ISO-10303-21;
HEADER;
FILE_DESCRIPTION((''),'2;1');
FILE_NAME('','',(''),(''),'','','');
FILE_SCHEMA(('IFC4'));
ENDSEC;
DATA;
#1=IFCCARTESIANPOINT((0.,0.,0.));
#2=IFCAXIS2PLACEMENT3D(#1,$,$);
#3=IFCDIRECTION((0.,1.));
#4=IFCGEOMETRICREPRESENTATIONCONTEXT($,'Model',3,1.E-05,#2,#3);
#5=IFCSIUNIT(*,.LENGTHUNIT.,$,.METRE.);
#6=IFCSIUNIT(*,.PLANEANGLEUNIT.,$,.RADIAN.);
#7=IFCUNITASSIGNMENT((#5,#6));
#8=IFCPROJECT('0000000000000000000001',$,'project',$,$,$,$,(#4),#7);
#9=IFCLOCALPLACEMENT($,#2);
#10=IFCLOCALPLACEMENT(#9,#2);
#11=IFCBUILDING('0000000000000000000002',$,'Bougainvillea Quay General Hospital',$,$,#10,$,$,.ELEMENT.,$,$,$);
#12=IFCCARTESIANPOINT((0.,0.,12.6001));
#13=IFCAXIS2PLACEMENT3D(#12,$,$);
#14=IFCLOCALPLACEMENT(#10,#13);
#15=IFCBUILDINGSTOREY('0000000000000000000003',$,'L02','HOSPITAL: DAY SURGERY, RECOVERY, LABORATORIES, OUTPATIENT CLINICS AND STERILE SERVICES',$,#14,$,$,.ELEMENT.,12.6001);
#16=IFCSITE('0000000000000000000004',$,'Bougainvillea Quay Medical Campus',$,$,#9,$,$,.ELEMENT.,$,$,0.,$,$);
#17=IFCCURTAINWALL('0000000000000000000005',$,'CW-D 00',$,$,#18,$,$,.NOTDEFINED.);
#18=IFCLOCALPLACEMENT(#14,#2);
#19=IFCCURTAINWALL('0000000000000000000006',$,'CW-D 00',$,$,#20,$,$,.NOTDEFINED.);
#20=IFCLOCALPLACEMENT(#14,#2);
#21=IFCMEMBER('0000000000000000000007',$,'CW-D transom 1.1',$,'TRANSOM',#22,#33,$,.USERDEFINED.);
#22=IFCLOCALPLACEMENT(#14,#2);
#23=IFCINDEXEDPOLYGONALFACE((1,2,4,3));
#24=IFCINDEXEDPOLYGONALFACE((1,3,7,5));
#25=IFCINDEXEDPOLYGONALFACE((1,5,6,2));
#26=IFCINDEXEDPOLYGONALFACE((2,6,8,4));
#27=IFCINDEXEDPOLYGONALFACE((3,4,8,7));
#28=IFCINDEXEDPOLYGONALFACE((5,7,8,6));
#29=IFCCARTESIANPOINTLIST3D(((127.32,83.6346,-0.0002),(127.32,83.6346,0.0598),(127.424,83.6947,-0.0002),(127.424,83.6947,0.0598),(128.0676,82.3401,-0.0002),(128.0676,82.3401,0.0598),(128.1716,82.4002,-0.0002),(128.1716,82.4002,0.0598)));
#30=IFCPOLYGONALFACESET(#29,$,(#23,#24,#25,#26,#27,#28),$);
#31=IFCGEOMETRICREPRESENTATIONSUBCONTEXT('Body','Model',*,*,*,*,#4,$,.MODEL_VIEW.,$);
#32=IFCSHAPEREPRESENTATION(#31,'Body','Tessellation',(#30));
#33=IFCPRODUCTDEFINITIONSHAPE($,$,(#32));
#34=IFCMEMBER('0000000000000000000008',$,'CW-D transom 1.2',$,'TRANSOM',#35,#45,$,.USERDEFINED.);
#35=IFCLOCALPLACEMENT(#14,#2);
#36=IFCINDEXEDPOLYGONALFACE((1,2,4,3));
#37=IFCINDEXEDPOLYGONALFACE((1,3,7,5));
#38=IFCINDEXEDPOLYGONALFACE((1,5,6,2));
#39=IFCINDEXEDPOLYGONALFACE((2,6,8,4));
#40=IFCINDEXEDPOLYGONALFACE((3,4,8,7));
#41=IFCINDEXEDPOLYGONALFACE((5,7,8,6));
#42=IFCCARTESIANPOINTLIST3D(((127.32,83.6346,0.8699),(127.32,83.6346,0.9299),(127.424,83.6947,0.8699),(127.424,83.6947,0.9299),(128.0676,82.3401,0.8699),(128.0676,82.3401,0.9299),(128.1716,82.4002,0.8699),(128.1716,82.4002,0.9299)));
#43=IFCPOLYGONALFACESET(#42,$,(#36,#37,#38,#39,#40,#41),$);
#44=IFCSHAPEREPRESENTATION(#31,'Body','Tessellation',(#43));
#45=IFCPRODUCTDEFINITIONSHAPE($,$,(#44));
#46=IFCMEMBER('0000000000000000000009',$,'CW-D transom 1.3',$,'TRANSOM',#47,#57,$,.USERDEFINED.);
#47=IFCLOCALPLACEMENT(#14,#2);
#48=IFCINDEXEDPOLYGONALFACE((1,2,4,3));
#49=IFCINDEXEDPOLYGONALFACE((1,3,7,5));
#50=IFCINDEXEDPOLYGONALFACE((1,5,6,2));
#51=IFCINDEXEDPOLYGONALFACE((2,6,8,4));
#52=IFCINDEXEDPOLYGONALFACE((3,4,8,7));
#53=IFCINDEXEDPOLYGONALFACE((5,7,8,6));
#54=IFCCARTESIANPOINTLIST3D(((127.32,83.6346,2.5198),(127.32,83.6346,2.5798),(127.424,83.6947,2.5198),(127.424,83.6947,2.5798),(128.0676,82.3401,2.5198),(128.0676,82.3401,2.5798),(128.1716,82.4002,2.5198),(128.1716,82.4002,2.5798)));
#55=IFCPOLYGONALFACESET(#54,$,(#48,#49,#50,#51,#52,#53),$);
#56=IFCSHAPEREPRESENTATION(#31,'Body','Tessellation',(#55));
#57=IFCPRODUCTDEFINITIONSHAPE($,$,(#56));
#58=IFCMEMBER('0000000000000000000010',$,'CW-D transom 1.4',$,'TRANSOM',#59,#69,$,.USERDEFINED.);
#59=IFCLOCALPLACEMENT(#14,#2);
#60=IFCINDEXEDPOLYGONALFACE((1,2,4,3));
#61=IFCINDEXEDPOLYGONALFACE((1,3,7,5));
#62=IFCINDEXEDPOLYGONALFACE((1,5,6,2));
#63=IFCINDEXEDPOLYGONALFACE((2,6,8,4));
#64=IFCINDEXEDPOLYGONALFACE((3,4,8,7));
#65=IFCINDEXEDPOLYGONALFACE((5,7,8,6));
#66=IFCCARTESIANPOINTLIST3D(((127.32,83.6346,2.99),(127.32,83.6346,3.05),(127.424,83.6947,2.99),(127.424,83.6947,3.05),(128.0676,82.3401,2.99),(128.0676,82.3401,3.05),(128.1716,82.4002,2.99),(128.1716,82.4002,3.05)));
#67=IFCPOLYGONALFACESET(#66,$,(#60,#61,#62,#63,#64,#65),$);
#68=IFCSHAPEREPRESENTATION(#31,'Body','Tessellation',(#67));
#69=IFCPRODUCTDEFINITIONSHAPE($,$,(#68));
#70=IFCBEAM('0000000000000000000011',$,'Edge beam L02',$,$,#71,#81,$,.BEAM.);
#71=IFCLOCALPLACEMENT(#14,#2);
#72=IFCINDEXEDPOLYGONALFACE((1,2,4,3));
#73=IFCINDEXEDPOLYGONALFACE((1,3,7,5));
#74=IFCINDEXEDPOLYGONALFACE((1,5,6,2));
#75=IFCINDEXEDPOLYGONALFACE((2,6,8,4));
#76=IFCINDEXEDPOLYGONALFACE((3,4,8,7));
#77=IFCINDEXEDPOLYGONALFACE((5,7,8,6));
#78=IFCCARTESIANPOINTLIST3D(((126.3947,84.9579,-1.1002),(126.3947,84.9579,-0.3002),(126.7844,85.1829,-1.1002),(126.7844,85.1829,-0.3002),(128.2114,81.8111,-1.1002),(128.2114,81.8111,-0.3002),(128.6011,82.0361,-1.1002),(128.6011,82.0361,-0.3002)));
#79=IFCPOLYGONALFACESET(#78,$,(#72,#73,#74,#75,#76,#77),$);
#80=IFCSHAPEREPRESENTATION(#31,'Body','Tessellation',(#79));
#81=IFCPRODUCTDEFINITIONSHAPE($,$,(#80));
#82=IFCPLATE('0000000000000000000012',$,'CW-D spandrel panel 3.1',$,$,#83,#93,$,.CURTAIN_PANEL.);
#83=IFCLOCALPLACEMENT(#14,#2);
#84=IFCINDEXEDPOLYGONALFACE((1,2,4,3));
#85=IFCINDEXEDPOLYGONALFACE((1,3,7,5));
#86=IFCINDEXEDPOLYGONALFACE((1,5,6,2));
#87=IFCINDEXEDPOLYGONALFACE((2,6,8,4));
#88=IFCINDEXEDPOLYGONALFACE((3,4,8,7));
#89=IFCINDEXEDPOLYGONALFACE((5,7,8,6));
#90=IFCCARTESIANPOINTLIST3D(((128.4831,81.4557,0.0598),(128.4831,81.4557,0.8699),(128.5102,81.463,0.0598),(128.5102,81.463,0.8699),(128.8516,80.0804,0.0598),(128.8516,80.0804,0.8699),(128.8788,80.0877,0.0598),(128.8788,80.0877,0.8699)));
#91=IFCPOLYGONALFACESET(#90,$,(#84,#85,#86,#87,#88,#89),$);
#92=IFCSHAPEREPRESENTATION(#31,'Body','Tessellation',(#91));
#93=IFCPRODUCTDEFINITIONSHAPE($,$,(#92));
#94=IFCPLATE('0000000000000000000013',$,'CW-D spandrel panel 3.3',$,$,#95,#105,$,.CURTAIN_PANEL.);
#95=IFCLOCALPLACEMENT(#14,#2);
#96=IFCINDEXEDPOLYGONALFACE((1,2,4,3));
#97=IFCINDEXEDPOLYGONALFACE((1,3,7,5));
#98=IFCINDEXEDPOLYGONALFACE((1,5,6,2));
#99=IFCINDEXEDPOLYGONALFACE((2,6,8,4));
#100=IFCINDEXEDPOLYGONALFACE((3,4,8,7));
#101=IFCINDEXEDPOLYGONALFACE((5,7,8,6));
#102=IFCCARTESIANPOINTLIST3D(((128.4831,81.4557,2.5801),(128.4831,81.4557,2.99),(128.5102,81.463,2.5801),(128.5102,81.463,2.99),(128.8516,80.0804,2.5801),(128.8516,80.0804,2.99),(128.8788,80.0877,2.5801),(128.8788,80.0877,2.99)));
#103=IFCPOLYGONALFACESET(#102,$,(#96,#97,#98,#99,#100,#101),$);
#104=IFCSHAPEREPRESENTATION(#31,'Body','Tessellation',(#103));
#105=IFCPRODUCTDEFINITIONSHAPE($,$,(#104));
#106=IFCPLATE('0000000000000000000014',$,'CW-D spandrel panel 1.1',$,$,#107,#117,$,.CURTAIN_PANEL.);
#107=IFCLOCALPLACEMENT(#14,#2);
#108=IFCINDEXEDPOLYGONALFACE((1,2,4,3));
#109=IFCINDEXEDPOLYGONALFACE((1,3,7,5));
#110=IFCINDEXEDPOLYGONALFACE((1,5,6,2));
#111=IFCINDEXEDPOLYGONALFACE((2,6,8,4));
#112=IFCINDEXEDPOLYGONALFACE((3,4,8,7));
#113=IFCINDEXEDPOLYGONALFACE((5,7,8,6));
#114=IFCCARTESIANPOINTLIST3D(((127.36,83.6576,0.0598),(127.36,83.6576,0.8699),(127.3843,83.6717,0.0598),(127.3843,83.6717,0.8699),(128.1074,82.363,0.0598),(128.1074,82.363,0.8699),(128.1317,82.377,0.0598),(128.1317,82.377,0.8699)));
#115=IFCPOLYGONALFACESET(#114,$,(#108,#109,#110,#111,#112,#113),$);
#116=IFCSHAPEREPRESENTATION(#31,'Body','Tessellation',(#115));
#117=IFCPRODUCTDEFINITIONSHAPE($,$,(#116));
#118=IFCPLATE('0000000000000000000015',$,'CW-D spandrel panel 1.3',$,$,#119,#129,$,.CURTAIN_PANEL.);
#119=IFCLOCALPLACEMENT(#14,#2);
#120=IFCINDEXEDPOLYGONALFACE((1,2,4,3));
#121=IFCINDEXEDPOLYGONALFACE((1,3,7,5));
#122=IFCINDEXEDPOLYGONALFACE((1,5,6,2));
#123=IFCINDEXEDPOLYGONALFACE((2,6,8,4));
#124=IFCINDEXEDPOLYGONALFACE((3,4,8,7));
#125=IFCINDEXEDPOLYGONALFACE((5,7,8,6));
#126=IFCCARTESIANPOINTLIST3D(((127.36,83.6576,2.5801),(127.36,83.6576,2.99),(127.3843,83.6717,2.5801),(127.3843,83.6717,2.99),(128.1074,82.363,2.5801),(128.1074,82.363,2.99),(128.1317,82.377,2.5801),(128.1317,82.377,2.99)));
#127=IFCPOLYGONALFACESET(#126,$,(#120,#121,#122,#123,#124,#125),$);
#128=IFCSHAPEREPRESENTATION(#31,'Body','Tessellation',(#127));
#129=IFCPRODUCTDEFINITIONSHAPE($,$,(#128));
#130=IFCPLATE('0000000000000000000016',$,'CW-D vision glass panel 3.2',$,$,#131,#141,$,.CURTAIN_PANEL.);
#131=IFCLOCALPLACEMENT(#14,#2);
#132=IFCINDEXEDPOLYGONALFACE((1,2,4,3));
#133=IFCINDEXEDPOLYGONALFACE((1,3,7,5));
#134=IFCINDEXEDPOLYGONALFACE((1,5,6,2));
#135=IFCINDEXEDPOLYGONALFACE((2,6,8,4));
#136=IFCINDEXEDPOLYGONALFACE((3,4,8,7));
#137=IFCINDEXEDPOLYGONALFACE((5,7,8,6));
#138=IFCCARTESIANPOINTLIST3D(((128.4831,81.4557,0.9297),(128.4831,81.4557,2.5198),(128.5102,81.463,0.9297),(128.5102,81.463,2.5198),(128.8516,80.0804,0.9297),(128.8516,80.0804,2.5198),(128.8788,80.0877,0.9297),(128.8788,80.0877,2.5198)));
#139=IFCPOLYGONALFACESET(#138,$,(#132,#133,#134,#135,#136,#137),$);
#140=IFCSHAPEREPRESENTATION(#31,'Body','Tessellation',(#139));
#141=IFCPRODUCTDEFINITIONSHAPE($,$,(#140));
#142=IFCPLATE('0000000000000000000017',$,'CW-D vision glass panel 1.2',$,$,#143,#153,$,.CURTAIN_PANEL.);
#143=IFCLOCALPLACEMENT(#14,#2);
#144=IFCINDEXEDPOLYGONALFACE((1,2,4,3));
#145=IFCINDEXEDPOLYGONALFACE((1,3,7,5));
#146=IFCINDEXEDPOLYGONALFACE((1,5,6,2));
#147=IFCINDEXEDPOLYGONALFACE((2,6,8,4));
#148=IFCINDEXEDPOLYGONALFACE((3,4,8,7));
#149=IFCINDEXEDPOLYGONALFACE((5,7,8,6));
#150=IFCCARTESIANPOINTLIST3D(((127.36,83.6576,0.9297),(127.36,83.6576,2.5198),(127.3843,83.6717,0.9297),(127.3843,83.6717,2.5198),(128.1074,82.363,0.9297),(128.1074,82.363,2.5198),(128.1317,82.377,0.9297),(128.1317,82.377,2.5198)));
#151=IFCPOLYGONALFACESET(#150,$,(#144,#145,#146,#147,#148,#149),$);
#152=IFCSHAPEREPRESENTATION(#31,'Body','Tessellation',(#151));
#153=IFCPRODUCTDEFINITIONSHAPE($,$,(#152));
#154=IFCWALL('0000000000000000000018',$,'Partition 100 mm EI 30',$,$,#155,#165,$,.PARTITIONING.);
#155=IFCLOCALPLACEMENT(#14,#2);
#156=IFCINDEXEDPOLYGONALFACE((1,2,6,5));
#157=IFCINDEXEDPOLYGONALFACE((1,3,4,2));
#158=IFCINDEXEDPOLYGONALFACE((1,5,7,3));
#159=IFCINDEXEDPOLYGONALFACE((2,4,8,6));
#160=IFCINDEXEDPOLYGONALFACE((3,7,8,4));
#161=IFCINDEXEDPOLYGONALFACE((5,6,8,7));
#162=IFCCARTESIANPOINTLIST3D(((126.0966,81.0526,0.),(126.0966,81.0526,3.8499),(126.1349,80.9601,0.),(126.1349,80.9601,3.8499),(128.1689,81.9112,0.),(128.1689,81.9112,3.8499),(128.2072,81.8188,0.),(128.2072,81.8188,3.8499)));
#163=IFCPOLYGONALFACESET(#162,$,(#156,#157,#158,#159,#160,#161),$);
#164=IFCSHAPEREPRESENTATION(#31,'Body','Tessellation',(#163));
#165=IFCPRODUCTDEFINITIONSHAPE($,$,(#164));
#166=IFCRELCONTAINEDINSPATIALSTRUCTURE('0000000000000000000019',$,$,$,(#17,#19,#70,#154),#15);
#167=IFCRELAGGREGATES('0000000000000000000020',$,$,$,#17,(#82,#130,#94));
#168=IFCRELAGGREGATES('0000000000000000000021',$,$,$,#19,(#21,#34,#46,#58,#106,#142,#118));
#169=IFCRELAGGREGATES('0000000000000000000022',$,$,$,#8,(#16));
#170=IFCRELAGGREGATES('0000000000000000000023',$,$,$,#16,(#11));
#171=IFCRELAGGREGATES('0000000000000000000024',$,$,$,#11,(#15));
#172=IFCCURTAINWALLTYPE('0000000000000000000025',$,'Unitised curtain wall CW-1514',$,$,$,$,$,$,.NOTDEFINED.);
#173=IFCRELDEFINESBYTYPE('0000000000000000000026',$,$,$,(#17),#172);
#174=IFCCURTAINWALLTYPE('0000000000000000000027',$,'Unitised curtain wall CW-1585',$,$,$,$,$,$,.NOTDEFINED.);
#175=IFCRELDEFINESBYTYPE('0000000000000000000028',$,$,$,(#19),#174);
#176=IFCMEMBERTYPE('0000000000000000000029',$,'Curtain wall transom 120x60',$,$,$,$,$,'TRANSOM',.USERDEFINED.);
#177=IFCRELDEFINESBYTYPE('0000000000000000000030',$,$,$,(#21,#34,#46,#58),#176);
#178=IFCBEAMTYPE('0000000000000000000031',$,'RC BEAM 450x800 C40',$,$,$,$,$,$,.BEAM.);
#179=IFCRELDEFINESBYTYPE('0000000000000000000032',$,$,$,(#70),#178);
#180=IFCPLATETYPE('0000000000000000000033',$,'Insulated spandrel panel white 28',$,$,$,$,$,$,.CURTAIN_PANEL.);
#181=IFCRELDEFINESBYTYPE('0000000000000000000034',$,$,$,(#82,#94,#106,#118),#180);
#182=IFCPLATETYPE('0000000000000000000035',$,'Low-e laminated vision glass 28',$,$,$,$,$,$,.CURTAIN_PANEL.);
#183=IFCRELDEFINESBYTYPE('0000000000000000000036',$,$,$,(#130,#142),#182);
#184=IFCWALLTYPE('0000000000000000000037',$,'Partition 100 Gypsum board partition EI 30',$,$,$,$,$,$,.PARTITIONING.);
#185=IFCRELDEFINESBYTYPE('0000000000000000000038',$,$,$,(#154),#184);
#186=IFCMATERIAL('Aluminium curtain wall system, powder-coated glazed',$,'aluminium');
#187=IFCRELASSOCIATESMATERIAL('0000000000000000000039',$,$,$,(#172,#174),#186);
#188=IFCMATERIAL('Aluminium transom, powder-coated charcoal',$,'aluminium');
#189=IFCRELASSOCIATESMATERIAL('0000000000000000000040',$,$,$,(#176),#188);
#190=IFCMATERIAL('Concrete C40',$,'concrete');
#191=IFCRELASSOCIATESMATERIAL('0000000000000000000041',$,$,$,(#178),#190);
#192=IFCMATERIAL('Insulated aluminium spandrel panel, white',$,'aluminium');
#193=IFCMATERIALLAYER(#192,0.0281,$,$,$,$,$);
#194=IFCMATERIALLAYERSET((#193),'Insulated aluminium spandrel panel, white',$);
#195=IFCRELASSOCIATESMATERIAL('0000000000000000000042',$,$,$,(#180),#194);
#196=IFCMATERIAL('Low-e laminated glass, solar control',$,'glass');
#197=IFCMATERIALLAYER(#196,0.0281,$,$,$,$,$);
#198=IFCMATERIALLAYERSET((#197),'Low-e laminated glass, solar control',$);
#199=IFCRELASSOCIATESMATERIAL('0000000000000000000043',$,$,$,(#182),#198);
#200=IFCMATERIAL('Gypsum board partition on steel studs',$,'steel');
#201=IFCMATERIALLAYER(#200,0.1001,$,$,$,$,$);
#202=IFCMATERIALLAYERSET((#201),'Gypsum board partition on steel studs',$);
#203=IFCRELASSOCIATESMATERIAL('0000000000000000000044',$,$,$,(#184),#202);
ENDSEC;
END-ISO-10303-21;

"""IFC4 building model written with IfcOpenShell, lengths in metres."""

from ifc_helpers import new_model, si_unit, direction, frame, frame_2d, origin, origin_2d, place, context, subcontext, project, spatial, rectangle, extrude, material, layer, layer_set, material_profile, profile_set, type_object, element, aggregate, save


model = new_model("IFC4")

# Units and contexts
model_context = context("Model", 3, precision=1e-05, world=origin(), true_north=direction((0.0, 1.0)))
body_context = subcontext(model_context, "Body", "Model", "MODEL_VIEW")
ifc_project = project(units=[si_unit("LENGTHUNIT", "METRE"), si_unit("PLANEANGLEUNIT", "RADIAN")], contexts=[model_context])

# Site, building, storey
site_placement = place(None, origin())
site = spatial("IfcSite", under=ifc_project, at=site_placement, Name="Bougainvillea Quay Medical Campus", CompositionType="ELEMENT", RefElevation=0.0)
building_placement = place(site_placement, origin())
building = spatial("IfcBuilding", under=site, at=building_placement, Name="Bougainvillea Quay General Hospital", CompositionType="ELEMENT")
storey_placement = place(building_placement, frame((0.0, 0.0, 12.6001)))
storey = spatial("IfcBuildingStorey", under=building, at=storey_placement, Name="L02", Description="HOSPITAL: DAY SURGERY, RECOVERY, LABORATORIES, OUTPATIENT CLINICS AND STERILE SERVICES", CompositionType="ELEMENT", Elevation=12.6001)

# Shared definitions
ifc_material_1 = material(Name="Concrete C40", Category="concrete")

# Curtain wall
ifc_material_2 = material(Name="Aluminium curtain wall system, powder-coated glazed", Category="aluminium")
curtain_wall_type_1 = type_object("IfcCurtainWallType", Name="Unitised curtain wall CW-1514", PredefinedType="NOTDEFINED", material=ifc_material_2)
curtain_wall_1_placement = place(storey_placement, origin())
curtain_wall_1 = element("IfcCurtainWall", 1, at=curtain_wall_1_placement, inside=storey, type_object=curtain_wall_type_1, Name="CW-D 00", PredefinedType="NOTDEFINED")

# Curtain wall
curtain_wall_type_2 = type_object("IfcCurtainWallType", Name="Unitised curtain wall CW-1585", PredefinedType="NOTDEFINED", material=ifc_material_2)
curtain_wall_2_placement = place(storey_placement, origin())
curtain_wall_2 = element("IfcCurtainWall", 2, at=curtain_wall_2_placement, inside=storey, type_object=curtain_wall_type_2, Name="CW-D 00", PredefinedType="NOTDEFINED")

# Members
ifc_material_3 = material(Name="Aluminium transom, powder-coated charcoal", Category="aluminium")
ifc_material_profile_1 = material_profile(ifc_material_3, rectangle(XDim=0.1201, YDim=0.0601, at=origin_2d()))
ifc_profile_set_1 = profile_set([ifc_material_profile_1], Name="Aluminium transom, powder-coated charcoal")
member_type_1 = type_object("IfcMemberType", Name="Curtain wall transom 120x60", ElementType="TRANSOM", PredefinedType="USERDEFINED", material=ifc_profile_set_1)
member_1_placement = place(storey_placement, frame((128.1196, 82.3701, 0.0298), z_axis=(-0.500109, 0.865963, 0.0), x_axis=(-0.865963, -0.500109, 0.0)))
member_1 = element("IfcMember", 3, at=member_1_placement, type_object=member_type_1, Name="CW-D transom 1.1", ObjectType="TRANSOM", PredefinedType="USERDEFINED", context=body_context, shape_type="SweptSolid", body=[
    extrude(rectangle(XDim=0.1201, YDim=0.0601, at=origin_2d()), origin(), (0.0, 0.0, 1.0), 1.4949),
])
member_2_placement = place(storey_placement, frame((128.1196, 82.3701, 0.8999), z_axis=(-0.500109, 0.865963, 0.0), x_axis=(-0.865963, -0.500109, 0.0)))
member_2 = element("IfcMember", 4, at=member_2_placement, type_object=member_type_1, Name="CW-D transom 1.2", ObjectType="TRANSOM", PredefinedType="USERDEFINED", context=body_context, shape_type="SweptSolid", body=[
    extrude(rectangle(XDim=0.1201, YDim=0.0601, at=origin_2d()), origin(), (0.0, 0.0, 1.0), 1.4949),
])
member_3_placement = place(storey_placement, frame((128.1196, 82.3701, 2.5498), z_axis=(-0.500109, 0.865963, 0.0), x_axis=(-0.865963, -0.500109, 0.0)))
member_3 = element("IfcMember", 5, at=member_3_placement, type_object=member_type_1, Name="CW-D transom 1.3", ObjectType="TRANSOM", PredefinedType="USERDEFINED", context=body_context, shape_type="SweptSolid", body=[
    extrude(rectangle(XDim=0.1201, YDim=0.0601, at=origin_2d()), origin(), (0.0, 0.0, 1.0), 1.4949),
])
member_4_placement = place(storey_placement, frame((128.1196, 82.3701, 3.02), z_axis=(-0.500109, 0.865963, 0.0), x_axis=(-0.865963, -0.500109, 0.0)))
member_4 = element("IfcMember", 6, at=member_4_placement, type_object=member_type_1, Name="CW-D transom 1.4", ObjectType="TRANSOM", PredefinedType="USERDEFINED", context=body_context, shape_type="SweptSolid", body=[
    extrude(rectangle(XDim=0.1201, YDim=0.0601, at=origin_2d()), origin(), (0.0, 0.0, 1.0), 1.4949),
])

# Beam
ifc_material_profile_2 = material_profile(ifc_material_1, rectangle(XDim=0.45, YDim=0.8, at=origin_2d()))
ifc_profile_set_2 = profile_set([ifc_material_profile_2], Name="Concrete C40")
beam_type = type_object("IfcBeamType", Name="RC BEAM 450x800 C40", PredefinedType="BEAM", material=ifc_profile_set_2)
beam_placement = place(storey_placement, frame((128.4062, 81.9236, -0.7002), z_axis=(-0.499976, 0.866039, 0.0), x_axis=(-0.866039, -0.499976, 0.0)))
element("IfcBeam", 7, at=beam_placement, inside=storey, type_object=beam_type, Name="Edge beam L02", PredefinedType="BEAM", context=body_context, shape_type="SweptSolid", body=[
    extrude(rectangle(XDim=0.45, YDim=0.8, at=origin_2d()), origin(), (0.0, 0.0, 1.0), 3.6335),
])

# Plates
ifc_material_4 = material(Name="Insulated aluminium spandrel panel, white", Category="aluminium")
ifc_layer_1 = layer(ifc_material_4, 0.0281)
ifc_layer_set_1 = layer_set([ifc_layer_1], Name="Insulated aluminium spandrel panel, white")
plate_type_1 = type_object("IfcPlateType", Name="Insulated spandrel panel white 28", PredefinedType="CURTAIN_PANEL", material=ifc_layer_set_1)
plate_1_placement = place(storey_placement, frame((128.6809, 80.7717, 0.0598), z_axis=(0.0, 0.0, 1.0), x_axis=(-0.258855, 0.965916, 0.0)))
plate_1 = element("IfcPlate", 8, at=plate_1_placement, type_object=plate_type_1, Name="CW-D spandrel panel 3.1", PredefinedType="CURTAIN_PANEL", context=body_context, shape_type="SweptSolid", body=[
    extrude(rectangle(XDim=1.4238, YDim=0.0281, at=origin_2d()), origin(), (0.0, 0.0, 1.0), 0.8101),
])
plate_2_placement = place(storey_placement, frame((128.6809, 80.7717, 2.5801), z_axis=(0.0, 0.0, 1.0), x_axis=(-0.258855, 0.965916, 0.0)))
plate_2 = element("IfcPlate", 9, at=plate_2_placement, type_object=plate_type_1, Name="CW-D spandrel panel 3.3", PredefinedType="CURTAIN_PANEL", context=body_context, shape_type="SweptSolid", body=[
    extrude(rectangle(XDim=1.4238, YDim=0.0281, at=origin_2d()), origin(), (0.0, 0.0, 1.0), 0.4099),
])
plate_3_placement = place(storey_placement, frame((127.7458, 83.0173, 0.0598), z_axis=(0.0, 0.0, 1.0), x_axis=(-0.499965, 0.866046, 0.0)))
plate_3 = element("IfcPlate", 10, at=plate_3_placement, type_object=plate_type_1, Name="CW-D spandrel panel 1.1", PredefinedType="CURTAIN_PANEL", context=body_context, shape_type="SweptSolid", body=[
    extrude(rectangle(XDim=1.4949, YDim=0.0281, at=origin_2d()), origin(), (0.0, 0.0, 1.0), 0.8101),
])
plate_4_placement = place(storey_placement, frame((127.7458, 83.0173, 2.5801), z_axis=(0.0, 0.0, 1.0), x_axis=(-0.499965, 0.866046, 0.0)))
plate_4 = element("IfcPlate", 11, at=plate_4_placement, type_object=plate_type_1, Name="CW-D spandrel panel 1.3", PredefinedType="CURTAIN_PANEL", context=body_context, shape_type="SweptSolid", body=[
    extrude(rectangle(XDim=1.4949, YDim=0.0281, at=origin_2d()), origin(), (0.0, 0.0, 1.0), 0.4099),
])
ifc_material_5 = material(Name="Low-e laminated glass, solar control", Category="glass")
ifc_layer_2 = layer(ifc_material_5, 0.0281)
ifc_layer_set_2 = layer_set([ifc_layer_2], Name="Low-e laminated glass, solar control")
plate_type_2 = type_object("IfcPlateType", Name="Low-e laminated vision glass 28", PredefinedType="CURTAIN_PANEL", material=ifc_layer_set_2)
plate_5_placement = place(storey_placement, frame((128.6809, 80.7717, 0.9297), z_axis=(0.0, 0.0, 1.0), x_axis=(-0.258855, 0.965916, 0.0)))
plate_5 = element("IfcPlate", 12, at=plate_5_placement, type_object=plate_type_2, Name="CW-D vision glass panel 3.2", PredefinedType="CURTAIN_PANEL", context=body_context, shape_type="SweptSolid", body=[
    extrude(rectangle(XDim=1.4238, YDim=0.0281, at=origin_2d()), origin(), (0.0, 0.0, 1.0), 1.5901),
])
aggregate(curtain_wall_1, [plate_1, plate_5, plate_2])
plate_6_placement = place(storey_placement, frame((127.7458, 83.0173, 0.9297), z_axis=(0.0, 0.0, 1.0), x_axis=(-0.499965, 0.866046, 0.0)))
plate_6 = element("IfcPlate", 13, at=plate_6_placement, type_object=plate_type_2, Name="CW-D vision glass panel 1.2", PredefinedType="CURTAIN_PANEL", context=body_context, shape_type="SweptSolid", body=[
    extrude(rectangle(XDim=1.4949, YDim=0.0281, at=origin_2d()), origin(), (0.0, 0.0, 1.0), 1.5901),
])
aggregate(curtain_wall_2, [member_1, member_2, member_3, member_4, plate_3, plate_6, plate_4])

# Wall
ifc_material_6 = material(Name="Gypsum board partition on steel studs", Category="steel")
ifc_layer_3 = layer(ifc_material_6, 0.1001)
ifc_layer_set_3 = layer_set([ifc_layer_3], Name="Gypsum board partition on steel studs")
wall_type_1 = type_object("IfcWallType", Name="Partition 100 Gypsum board partition EI 30", PredefinedType="PARTITIONING", material=ifc_layer_set_3)
wall_1_placement = place(storey_placement, frame((126.1157, 81.0063, 0.0), z_axis=(0.0, 0.0, 1.0), x_axis=(0.923835, 0.382791, 0.0)))
element("IfcWall", 14, at=wall_1_placement, inside=storey, type_object=wall_type_1, Name="Partition 100 mm EI 30", PredefinedType="PARTITIONING", context=body_context, shape_type="SweptSolid", body=[
    extrude(rectangle(XDim=2.2432, YDim=0.1001, at=frame_2d((1.1216, 0.0))), origin(), (0.0, 0.0, 1.0), 3.8499),
])

save(model, "model.ifc")
